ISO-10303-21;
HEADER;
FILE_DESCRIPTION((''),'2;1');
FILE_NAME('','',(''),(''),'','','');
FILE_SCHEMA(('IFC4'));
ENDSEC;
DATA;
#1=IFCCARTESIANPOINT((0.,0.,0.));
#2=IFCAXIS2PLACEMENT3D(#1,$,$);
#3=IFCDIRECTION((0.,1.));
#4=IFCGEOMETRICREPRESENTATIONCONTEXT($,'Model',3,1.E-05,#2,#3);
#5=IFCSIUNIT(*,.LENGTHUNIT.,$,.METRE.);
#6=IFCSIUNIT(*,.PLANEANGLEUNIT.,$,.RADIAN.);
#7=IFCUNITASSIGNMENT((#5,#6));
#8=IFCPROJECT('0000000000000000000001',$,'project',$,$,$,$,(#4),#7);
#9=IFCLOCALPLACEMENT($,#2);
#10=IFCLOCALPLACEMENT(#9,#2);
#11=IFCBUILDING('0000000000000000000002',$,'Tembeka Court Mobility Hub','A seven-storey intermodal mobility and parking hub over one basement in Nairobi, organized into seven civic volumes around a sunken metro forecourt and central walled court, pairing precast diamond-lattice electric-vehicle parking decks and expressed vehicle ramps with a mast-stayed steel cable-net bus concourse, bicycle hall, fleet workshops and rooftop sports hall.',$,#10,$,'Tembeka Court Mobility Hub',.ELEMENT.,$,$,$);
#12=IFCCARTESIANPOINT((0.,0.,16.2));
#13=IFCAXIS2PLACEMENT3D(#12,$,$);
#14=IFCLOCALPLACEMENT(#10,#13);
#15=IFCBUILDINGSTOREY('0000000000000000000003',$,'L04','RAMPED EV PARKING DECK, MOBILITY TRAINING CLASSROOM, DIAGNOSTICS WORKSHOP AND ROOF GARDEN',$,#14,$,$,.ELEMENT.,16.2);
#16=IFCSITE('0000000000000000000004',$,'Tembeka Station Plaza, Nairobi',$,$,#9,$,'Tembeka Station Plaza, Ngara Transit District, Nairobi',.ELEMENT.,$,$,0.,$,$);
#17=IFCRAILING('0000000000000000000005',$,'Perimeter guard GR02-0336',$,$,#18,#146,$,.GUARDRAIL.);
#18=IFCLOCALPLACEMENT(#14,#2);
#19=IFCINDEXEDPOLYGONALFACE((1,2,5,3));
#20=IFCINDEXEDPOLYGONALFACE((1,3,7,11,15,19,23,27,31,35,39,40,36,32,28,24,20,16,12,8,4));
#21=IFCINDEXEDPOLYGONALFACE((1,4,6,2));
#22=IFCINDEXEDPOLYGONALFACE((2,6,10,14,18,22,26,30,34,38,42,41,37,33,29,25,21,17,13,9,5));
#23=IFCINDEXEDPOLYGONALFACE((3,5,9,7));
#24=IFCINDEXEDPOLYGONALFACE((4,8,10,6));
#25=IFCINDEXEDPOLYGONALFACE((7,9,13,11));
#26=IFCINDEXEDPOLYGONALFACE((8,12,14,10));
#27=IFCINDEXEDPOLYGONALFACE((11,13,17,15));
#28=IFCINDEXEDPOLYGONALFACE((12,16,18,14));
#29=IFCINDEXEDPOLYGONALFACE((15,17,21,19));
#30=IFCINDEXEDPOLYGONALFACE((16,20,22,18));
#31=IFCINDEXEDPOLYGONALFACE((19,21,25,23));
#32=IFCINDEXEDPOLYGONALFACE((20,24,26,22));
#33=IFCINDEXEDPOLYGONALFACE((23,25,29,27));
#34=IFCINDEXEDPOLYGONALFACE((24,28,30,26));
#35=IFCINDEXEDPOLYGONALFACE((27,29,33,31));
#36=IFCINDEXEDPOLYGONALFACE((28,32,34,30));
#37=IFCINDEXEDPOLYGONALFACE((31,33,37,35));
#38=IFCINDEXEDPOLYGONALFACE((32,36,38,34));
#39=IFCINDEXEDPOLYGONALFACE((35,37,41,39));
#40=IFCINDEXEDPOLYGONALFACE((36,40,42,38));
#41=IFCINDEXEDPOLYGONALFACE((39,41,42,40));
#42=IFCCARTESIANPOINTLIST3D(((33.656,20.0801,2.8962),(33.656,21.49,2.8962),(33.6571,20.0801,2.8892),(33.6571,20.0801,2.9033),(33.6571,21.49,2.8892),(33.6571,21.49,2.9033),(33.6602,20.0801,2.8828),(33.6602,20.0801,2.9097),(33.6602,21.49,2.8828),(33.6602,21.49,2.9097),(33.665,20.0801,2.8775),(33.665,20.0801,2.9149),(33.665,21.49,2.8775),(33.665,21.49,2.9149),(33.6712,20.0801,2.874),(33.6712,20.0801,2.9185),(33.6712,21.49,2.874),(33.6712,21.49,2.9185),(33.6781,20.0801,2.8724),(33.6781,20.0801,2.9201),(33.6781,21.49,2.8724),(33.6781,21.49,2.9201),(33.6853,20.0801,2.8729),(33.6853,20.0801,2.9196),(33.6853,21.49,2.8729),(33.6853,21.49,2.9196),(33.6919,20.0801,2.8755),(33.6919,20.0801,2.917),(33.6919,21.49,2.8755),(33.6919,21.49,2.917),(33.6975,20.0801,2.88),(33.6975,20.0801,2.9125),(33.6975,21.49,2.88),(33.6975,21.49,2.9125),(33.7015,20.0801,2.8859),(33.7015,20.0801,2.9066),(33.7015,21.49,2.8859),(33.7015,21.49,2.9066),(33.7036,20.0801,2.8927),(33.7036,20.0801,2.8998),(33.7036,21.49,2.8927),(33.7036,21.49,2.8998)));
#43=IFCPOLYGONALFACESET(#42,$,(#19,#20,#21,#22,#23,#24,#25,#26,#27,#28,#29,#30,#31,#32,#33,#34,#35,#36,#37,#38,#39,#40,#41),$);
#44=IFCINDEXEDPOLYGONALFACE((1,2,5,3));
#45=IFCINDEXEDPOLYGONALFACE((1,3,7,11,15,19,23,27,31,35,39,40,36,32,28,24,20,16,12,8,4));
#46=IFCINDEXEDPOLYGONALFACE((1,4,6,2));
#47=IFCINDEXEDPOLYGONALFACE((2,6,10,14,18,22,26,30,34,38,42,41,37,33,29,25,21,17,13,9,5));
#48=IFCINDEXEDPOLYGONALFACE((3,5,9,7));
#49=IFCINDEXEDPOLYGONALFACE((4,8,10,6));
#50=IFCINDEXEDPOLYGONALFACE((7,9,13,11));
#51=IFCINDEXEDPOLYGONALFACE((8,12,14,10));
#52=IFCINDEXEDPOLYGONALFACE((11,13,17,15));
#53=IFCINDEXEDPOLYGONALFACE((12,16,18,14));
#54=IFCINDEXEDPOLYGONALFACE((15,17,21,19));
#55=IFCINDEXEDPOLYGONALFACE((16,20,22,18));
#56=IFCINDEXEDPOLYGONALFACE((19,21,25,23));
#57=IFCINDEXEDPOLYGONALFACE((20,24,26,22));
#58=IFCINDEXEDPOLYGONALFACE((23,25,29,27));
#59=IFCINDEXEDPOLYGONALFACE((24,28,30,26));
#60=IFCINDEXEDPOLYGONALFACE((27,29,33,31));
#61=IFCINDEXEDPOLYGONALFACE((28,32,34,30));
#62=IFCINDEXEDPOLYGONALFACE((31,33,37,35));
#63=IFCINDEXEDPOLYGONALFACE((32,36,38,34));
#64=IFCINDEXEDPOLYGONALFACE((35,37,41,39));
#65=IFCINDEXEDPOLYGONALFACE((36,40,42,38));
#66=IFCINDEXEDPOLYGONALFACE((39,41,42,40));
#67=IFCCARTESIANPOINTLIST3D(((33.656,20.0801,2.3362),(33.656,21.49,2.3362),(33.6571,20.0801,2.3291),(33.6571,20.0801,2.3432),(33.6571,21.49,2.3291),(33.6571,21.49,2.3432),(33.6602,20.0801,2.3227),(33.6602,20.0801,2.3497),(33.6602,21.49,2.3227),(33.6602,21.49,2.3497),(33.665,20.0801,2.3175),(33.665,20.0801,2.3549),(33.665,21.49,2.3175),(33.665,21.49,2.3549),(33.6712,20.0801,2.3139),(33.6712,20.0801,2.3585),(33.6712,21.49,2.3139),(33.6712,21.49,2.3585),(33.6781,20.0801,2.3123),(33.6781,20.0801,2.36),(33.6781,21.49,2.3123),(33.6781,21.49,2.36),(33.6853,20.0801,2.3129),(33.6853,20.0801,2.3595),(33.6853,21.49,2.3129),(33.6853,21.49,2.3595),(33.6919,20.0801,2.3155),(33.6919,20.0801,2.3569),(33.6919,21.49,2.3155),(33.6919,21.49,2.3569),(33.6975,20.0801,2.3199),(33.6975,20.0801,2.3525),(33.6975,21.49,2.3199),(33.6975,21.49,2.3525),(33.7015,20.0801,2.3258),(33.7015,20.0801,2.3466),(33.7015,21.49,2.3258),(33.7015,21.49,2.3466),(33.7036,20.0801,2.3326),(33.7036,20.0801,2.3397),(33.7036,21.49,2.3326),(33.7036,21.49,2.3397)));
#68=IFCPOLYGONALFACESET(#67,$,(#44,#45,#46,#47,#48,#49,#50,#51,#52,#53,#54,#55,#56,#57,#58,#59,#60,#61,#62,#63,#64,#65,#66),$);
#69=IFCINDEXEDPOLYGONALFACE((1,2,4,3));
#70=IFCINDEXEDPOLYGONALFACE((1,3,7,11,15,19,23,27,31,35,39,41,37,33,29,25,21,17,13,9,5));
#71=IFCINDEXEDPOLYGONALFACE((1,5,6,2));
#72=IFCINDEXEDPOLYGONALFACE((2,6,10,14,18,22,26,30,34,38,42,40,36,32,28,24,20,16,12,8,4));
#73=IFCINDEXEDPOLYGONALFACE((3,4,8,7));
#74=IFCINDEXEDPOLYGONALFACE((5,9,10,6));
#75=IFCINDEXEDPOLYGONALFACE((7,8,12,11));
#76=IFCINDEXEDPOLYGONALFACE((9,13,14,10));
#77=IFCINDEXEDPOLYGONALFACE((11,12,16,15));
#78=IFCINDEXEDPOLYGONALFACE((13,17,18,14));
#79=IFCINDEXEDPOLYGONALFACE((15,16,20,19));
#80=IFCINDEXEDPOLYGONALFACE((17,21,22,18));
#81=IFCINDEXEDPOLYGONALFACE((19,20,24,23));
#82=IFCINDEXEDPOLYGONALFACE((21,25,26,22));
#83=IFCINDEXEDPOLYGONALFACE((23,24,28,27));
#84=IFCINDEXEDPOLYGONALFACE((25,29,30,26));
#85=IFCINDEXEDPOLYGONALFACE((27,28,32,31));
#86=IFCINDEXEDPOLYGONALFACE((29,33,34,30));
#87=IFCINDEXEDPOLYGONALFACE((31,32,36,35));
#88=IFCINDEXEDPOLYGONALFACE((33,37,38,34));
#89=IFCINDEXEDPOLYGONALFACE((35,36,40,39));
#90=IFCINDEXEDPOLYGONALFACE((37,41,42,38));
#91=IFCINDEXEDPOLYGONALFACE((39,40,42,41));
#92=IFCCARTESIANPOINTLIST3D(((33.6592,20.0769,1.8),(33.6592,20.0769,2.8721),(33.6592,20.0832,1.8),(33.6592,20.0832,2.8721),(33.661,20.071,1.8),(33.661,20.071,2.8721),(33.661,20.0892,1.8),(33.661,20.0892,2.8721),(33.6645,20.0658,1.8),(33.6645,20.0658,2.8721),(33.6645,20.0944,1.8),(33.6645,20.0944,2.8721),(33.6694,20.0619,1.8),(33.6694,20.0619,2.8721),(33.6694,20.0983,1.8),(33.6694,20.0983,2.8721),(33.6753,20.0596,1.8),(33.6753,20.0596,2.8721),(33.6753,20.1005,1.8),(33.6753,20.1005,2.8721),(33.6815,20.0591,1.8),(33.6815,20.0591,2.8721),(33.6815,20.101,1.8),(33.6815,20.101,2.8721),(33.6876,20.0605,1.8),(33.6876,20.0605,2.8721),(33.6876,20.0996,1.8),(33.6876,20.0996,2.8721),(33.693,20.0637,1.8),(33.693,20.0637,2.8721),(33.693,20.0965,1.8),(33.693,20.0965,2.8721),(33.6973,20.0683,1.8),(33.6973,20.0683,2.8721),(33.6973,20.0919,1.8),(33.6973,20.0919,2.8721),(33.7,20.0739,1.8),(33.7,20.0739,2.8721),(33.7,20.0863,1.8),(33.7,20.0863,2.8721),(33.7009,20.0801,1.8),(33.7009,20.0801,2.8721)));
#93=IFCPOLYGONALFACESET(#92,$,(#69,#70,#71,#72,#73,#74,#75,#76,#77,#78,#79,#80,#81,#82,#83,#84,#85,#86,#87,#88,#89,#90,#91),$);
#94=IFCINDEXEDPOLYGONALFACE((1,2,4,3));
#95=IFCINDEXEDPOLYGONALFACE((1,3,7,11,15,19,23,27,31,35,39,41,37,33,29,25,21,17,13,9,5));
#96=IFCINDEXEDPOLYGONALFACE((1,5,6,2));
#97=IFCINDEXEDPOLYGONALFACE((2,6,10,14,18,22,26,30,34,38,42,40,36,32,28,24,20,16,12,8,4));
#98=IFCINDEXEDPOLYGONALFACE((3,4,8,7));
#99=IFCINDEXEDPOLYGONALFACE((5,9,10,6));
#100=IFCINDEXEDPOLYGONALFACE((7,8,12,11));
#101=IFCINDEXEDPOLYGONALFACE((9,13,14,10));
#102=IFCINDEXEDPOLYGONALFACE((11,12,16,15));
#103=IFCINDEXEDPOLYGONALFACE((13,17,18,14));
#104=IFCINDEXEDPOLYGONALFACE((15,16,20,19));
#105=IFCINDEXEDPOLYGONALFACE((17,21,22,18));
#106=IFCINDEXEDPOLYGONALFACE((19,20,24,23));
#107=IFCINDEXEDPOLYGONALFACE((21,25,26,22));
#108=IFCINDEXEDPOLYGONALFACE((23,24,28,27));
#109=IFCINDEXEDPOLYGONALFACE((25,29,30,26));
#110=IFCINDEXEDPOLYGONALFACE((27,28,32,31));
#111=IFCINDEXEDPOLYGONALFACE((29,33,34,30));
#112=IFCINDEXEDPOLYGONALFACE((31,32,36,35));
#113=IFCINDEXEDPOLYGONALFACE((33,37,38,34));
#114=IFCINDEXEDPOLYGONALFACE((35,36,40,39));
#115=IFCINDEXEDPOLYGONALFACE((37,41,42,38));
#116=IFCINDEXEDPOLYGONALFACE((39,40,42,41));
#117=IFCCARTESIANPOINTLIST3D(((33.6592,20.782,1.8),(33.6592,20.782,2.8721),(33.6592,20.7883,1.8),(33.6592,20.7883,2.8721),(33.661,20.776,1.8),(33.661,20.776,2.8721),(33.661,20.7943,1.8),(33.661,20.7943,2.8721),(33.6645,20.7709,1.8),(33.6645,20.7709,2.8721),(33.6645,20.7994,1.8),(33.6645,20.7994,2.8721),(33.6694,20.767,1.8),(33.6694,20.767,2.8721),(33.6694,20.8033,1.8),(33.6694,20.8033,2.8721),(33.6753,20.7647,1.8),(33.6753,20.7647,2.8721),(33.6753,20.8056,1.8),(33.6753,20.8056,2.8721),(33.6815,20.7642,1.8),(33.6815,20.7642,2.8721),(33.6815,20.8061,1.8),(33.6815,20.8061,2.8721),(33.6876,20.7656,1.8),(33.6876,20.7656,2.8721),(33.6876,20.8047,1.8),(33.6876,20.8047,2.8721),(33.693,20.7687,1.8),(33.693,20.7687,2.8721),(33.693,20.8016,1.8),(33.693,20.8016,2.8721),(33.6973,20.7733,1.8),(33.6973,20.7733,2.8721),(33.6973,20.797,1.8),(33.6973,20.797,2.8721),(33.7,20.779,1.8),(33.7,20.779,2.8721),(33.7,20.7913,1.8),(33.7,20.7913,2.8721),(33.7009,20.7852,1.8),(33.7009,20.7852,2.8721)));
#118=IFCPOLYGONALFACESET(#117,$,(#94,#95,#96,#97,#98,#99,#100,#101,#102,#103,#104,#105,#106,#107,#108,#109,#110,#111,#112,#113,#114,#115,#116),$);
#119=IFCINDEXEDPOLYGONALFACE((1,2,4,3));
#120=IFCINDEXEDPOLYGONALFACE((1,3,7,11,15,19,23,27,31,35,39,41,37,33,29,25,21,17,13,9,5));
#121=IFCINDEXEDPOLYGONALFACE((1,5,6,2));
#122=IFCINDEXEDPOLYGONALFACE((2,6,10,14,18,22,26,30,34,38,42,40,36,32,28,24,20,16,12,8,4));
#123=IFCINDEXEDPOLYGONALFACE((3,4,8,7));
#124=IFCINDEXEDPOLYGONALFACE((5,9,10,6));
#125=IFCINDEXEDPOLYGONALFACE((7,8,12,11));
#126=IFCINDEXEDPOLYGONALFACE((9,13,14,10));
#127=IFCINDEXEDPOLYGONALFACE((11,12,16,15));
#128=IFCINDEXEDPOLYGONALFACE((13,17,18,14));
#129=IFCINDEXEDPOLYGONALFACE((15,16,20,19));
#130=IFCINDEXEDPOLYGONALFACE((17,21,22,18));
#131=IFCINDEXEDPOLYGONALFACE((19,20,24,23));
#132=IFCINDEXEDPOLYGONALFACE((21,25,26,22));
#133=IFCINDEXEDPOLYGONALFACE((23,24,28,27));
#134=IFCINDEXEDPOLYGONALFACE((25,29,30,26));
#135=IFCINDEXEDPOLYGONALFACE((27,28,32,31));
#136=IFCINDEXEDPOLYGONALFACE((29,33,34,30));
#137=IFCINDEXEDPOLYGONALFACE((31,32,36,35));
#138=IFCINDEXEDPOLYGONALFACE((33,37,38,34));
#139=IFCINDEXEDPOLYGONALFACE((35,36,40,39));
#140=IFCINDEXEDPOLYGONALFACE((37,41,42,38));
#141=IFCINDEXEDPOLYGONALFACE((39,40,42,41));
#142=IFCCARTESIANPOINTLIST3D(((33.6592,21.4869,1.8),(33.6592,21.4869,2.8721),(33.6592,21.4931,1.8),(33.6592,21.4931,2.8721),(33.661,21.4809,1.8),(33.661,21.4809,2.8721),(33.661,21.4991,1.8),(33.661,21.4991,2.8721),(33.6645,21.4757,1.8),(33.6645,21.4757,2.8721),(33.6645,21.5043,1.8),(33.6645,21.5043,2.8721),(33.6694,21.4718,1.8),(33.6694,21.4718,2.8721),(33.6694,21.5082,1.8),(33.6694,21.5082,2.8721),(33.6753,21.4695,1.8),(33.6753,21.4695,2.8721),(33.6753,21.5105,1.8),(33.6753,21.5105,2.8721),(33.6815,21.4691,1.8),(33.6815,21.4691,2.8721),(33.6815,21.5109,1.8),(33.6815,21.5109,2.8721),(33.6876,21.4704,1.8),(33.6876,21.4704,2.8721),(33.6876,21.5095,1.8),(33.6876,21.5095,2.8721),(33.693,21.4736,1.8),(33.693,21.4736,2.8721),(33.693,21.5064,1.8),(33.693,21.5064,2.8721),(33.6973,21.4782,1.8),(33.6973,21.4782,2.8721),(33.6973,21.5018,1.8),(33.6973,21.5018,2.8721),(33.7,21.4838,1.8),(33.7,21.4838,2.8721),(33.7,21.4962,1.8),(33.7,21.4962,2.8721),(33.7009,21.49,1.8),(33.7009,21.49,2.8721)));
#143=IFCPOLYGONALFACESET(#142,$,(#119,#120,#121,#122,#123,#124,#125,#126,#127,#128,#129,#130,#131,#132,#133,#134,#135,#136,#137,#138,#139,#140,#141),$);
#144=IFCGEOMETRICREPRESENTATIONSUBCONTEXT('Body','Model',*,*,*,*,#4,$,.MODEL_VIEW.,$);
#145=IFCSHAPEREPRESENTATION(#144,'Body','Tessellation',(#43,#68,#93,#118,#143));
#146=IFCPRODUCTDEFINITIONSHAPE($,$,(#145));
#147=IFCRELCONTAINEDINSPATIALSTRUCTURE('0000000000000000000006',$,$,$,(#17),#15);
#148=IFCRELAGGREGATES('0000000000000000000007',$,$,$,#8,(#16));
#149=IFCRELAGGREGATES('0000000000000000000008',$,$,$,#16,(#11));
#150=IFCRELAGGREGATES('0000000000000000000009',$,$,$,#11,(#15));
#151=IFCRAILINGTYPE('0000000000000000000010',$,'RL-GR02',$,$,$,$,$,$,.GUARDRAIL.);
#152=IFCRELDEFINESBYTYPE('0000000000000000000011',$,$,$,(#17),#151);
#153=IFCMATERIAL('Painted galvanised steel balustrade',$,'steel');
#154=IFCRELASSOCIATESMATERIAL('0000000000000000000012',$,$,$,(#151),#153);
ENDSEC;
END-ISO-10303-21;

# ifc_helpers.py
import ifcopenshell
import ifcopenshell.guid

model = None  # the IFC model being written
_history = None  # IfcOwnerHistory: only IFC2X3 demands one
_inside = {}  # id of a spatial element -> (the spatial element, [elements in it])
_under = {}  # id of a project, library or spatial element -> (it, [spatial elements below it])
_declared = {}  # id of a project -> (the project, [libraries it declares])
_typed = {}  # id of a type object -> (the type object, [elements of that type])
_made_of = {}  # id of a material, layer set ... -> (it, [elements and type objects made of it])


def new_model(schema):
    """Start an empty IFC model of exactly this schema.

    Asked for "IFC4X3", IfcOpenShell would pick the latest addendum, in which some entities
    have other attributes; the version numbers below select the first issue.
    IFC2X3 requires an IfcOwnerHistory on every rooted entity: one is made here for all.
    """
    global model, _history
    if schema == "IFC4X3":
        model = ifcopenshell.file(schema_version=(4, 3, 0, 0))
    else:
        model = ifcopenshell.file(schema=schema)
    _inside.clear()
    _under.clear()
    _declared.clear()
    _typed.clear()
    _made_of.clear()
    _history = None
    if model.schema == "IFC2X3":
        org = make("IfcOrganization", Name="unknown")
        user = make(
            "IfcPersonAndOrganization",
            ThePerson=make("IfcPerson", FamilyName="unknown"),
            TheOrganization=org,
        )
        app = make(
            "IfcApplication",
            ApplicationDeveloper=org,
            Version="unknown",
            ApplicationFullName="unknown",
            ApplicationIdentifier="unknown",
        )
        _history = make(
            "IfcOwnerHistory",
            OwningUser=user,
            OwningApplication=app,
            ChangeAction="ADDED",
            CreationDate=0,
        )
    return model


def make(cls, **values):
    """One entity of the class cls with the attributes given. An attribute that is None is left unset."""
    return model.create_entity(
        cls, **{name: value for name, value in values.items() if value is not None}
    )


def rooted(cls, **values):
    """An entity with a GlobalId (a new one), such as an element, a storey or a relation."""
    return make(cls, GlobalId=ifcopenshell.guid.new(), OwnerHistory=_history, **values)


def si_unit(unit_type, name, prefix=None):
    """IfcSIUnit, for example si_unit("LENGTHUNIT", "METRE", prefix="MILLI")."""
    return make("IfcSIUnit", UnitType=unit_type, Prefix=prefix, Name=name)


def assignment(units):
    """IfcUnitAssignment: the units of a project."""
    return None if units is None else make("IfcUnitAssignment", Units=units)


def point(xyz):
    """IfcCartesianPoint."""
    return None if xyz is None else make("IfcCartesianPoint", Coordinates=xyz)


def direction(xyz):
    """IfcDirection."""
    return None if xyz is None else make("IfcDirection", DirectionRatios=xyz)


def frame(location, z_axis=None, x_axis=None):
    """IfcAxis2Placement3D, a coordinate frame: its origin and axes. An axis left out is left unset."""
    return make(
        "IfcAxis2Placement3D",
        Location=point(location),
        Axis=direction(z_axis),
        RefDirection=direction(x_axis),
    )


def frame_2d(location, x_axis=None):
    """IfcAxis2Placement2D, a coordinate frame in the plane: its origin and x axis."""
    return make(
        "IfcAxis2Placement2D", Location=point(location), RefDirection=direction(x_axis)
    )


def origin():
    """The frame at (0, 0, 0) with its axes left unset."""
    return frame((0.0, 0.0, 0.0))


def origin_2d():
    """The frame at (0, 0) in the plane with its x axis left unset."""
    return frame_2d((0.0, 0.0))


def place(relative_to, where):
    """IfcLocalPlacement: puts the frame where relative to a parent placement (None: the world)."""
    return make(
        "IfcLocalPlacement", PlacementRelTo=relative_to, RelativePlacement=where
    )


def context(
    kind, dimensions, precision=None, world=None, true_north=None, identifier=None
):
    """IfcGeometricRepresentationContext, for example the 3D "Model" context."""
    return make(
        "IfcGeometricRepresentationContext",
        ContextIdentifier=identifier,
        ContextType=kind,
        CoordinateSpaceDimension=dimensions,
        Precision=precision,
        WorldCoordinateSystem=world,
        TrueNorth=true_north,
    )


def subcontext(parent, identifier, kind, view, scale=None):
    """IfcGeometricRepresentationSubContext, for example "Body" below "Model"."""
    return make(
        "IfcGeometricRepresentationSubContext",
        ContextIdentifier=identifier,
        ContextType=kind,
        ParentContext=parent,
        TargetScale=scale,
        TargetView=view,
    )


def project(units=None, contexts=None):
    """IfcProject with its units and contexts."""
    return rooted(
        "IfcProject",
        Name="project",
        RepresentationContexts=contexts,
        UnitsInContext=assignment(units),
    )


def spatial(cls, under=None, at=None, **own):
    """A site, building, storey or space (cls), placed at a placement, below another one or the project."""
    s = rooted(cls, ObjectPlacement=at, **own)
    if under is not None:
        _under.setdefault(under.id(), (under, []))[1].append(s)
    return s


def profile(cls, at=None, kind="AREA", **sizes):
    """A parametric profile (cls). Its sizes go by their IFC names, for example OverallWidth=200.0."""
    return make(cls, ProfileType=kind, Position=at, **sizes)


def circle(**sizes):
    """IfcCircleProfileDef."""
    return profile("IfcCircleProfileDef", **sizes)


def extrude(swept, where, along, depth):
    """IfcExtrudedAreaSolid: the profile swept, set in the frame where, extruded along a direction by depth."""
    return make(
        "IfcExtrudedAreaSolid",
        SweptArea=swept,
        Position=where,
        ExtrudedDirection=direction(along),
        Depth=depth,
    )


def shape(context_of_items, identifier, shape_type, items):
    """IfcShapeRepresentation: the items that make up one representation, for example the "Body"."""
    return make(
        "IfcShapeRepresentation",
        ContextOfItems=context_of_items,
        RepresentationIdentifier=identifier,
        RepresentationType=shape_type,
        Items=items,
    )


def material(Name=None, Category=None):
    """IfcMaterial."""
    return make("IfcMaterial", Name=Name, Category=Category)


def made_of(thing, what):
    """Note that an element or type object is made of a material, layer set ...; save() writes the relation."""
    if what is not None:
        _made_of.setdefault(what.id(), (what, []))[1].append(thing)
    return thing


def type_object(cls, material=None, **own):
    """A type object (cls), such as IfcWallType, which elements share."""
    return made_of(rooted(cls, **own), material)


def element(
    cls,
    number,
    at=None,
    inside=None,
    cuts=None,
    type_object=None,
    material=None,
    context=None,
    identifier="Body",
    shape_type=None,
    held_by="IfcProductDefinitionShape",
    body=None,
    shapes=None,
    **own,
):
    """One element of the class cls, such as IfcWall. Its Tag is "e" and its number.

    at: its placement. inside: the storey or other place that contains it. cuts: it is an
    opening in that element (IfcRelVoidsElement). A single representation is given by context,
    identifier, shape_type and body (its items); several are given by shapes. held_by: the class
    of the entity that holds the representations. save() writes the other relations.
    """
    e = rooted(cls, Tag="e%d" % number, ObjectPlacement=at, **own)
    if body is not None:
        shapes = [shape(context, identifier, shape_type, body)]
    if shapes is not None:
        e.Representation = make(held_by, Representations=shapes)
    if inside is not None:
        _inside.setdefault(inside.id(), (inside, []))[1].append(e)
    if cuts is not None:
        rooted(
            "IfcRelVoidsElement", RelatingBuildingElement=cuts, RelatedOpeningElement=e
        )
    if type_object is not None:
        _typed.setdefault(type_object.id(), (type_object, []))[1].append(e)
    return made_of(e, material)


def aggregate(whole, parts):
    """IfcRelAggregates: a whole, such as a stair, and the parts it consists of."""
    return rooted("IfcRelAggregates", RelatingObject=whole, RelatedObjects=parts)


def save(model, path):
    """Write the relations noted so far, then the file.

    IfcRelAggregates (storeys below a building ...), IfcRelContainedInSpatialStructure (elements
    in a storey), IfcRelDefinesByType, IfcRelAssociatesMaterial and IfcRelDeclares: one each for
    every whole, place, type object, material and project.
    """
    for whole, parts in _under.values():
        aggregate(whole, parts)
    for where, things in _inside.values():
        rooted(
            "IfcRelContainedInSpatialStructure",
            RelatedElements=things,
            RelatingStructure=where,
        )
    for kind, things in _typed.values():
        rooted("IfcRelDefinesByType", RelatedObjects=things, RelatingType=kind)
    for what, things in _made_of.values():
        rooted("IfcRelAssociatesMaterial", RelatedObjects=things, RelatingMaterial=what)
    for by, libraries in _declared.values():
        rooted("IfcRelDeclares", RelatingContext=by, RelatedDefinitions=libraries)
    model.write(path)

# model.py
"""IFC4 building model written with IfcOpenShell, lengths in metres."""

from ifc_helpers import new_model, si_unit, direction, frame, origin, origin_2d, place, context, subcontext, project, spatial, circle, extrude, material, type_object, element, save


model = new_model("IFC4")

# Units and contexts
model_context = context("Model", 3, precision=1e-05, world=origin(), true_north=direction((0.0, 1.0)))
body_context = subcontext(model_context, "Body", "Model", "MODEL_VIEW")
ifc_project = project(units=[si_unit("LENGTHUNIT", "METRE"), si_unit("PLANEANGLEUNIT", "RADIAN")], contexts=[model_context])

# Site, building, storey
site_placement = place(None, origin())
site = spatial("IfcSite", under=ifc_project, at=site_placement, Name="Tembeka Station Plaza, Nairobi", LongName="Tembeka Station Plaza, Ngara Transit District, Nairobi", CompositionType="ELEMENT", RefElevation=0.0)
building_placement = place(site_placement, origin())
building = spatial("IfcBuilding", under=site, at=building_placement, Name="Tembeka Court Mobility Hub", Description="A seven-storey intermodal mobility and parking hub over one basement in Nairobi, organized into seven civic volumes around a sunken metro forecourt and central walled court, pairing precast diamond-lattice electric-vehicle parking decks and expressed vehicle ramps with a mast-stayed steel cable-net bus concourse, bicycle hall, fleet workshops and rooftop sports hall.", LongName="Tembeka Court Mobility Hub", CompositionType="ELEMENT")
storey_placement = place(building_placement, frame((0.0, 0.0, 16.2)))
storey = spatial("IfcBuildingStorey", under=building, at=storey_placement, Name="L04", Description="RAMPED EV PARKING DECK, MOBILITY TRAINING CLASSROOM, DIAGNOSTICS WORKSHOP AND ROOF GARDEN", CompositionType="ELEMENT", Elevation=16.2)

# Railing
ifc_material_1 = material(Name="Painted galvanised steel balustrade", Category="steel")
railing_type_1 = type_object("IfcRailingType", Name="RL-GR02", PredefinedType="GUARDRAIL", material=ifc_material_1)
railing_1_placement = place(storey_placement, frame((33.6799, 20.0801, 1.8)))
element("IfcRailing", 1, at=railing_1_placement, inside=storey, type_object=railing_type_1, Name="Perimeter guard GR02-0336", PredefinedType="GUARDRAIL", context=body_context, shape_type="SweptSolid", body=[
    extrude(circle(Radius=0.0239, at=origin_2d()), frame((0.0, 0.0, 1.0962), z_axis=(0.0, 1.0, 0.0), x_axis=(-1.0, 0.0, 0.0)), (0.0, 0.0, 1.0), 1.4099),
    extrude(circle(Radius=0.0239, at=origin_2d()), frame((0.0, 0.0, 0.5361), z_axis=(0.0, 1.0, 0.0), x_axis=(-1.0, 0.0, 0.0)), (0.0, 0.0, 1.0), 1.4099),
    extrude(circle(Radius=0.021, at=origin_2d()), origin(), (0.0, 0.0, 1.0), 1.072),
    extrude(circle(Radius=0.021, at=origin_2d()), frame((0.0, 0.7051, 0.0)), (0.0, 0.0, 1.0), 1.072),
    extrude(circle(Radius=0.021, at=origin_2d()), frame((0.0, 1.4099, 0.0)), (0.0, 0.0, 1.0), 1.072),
])

save(model, "model.ifc")
